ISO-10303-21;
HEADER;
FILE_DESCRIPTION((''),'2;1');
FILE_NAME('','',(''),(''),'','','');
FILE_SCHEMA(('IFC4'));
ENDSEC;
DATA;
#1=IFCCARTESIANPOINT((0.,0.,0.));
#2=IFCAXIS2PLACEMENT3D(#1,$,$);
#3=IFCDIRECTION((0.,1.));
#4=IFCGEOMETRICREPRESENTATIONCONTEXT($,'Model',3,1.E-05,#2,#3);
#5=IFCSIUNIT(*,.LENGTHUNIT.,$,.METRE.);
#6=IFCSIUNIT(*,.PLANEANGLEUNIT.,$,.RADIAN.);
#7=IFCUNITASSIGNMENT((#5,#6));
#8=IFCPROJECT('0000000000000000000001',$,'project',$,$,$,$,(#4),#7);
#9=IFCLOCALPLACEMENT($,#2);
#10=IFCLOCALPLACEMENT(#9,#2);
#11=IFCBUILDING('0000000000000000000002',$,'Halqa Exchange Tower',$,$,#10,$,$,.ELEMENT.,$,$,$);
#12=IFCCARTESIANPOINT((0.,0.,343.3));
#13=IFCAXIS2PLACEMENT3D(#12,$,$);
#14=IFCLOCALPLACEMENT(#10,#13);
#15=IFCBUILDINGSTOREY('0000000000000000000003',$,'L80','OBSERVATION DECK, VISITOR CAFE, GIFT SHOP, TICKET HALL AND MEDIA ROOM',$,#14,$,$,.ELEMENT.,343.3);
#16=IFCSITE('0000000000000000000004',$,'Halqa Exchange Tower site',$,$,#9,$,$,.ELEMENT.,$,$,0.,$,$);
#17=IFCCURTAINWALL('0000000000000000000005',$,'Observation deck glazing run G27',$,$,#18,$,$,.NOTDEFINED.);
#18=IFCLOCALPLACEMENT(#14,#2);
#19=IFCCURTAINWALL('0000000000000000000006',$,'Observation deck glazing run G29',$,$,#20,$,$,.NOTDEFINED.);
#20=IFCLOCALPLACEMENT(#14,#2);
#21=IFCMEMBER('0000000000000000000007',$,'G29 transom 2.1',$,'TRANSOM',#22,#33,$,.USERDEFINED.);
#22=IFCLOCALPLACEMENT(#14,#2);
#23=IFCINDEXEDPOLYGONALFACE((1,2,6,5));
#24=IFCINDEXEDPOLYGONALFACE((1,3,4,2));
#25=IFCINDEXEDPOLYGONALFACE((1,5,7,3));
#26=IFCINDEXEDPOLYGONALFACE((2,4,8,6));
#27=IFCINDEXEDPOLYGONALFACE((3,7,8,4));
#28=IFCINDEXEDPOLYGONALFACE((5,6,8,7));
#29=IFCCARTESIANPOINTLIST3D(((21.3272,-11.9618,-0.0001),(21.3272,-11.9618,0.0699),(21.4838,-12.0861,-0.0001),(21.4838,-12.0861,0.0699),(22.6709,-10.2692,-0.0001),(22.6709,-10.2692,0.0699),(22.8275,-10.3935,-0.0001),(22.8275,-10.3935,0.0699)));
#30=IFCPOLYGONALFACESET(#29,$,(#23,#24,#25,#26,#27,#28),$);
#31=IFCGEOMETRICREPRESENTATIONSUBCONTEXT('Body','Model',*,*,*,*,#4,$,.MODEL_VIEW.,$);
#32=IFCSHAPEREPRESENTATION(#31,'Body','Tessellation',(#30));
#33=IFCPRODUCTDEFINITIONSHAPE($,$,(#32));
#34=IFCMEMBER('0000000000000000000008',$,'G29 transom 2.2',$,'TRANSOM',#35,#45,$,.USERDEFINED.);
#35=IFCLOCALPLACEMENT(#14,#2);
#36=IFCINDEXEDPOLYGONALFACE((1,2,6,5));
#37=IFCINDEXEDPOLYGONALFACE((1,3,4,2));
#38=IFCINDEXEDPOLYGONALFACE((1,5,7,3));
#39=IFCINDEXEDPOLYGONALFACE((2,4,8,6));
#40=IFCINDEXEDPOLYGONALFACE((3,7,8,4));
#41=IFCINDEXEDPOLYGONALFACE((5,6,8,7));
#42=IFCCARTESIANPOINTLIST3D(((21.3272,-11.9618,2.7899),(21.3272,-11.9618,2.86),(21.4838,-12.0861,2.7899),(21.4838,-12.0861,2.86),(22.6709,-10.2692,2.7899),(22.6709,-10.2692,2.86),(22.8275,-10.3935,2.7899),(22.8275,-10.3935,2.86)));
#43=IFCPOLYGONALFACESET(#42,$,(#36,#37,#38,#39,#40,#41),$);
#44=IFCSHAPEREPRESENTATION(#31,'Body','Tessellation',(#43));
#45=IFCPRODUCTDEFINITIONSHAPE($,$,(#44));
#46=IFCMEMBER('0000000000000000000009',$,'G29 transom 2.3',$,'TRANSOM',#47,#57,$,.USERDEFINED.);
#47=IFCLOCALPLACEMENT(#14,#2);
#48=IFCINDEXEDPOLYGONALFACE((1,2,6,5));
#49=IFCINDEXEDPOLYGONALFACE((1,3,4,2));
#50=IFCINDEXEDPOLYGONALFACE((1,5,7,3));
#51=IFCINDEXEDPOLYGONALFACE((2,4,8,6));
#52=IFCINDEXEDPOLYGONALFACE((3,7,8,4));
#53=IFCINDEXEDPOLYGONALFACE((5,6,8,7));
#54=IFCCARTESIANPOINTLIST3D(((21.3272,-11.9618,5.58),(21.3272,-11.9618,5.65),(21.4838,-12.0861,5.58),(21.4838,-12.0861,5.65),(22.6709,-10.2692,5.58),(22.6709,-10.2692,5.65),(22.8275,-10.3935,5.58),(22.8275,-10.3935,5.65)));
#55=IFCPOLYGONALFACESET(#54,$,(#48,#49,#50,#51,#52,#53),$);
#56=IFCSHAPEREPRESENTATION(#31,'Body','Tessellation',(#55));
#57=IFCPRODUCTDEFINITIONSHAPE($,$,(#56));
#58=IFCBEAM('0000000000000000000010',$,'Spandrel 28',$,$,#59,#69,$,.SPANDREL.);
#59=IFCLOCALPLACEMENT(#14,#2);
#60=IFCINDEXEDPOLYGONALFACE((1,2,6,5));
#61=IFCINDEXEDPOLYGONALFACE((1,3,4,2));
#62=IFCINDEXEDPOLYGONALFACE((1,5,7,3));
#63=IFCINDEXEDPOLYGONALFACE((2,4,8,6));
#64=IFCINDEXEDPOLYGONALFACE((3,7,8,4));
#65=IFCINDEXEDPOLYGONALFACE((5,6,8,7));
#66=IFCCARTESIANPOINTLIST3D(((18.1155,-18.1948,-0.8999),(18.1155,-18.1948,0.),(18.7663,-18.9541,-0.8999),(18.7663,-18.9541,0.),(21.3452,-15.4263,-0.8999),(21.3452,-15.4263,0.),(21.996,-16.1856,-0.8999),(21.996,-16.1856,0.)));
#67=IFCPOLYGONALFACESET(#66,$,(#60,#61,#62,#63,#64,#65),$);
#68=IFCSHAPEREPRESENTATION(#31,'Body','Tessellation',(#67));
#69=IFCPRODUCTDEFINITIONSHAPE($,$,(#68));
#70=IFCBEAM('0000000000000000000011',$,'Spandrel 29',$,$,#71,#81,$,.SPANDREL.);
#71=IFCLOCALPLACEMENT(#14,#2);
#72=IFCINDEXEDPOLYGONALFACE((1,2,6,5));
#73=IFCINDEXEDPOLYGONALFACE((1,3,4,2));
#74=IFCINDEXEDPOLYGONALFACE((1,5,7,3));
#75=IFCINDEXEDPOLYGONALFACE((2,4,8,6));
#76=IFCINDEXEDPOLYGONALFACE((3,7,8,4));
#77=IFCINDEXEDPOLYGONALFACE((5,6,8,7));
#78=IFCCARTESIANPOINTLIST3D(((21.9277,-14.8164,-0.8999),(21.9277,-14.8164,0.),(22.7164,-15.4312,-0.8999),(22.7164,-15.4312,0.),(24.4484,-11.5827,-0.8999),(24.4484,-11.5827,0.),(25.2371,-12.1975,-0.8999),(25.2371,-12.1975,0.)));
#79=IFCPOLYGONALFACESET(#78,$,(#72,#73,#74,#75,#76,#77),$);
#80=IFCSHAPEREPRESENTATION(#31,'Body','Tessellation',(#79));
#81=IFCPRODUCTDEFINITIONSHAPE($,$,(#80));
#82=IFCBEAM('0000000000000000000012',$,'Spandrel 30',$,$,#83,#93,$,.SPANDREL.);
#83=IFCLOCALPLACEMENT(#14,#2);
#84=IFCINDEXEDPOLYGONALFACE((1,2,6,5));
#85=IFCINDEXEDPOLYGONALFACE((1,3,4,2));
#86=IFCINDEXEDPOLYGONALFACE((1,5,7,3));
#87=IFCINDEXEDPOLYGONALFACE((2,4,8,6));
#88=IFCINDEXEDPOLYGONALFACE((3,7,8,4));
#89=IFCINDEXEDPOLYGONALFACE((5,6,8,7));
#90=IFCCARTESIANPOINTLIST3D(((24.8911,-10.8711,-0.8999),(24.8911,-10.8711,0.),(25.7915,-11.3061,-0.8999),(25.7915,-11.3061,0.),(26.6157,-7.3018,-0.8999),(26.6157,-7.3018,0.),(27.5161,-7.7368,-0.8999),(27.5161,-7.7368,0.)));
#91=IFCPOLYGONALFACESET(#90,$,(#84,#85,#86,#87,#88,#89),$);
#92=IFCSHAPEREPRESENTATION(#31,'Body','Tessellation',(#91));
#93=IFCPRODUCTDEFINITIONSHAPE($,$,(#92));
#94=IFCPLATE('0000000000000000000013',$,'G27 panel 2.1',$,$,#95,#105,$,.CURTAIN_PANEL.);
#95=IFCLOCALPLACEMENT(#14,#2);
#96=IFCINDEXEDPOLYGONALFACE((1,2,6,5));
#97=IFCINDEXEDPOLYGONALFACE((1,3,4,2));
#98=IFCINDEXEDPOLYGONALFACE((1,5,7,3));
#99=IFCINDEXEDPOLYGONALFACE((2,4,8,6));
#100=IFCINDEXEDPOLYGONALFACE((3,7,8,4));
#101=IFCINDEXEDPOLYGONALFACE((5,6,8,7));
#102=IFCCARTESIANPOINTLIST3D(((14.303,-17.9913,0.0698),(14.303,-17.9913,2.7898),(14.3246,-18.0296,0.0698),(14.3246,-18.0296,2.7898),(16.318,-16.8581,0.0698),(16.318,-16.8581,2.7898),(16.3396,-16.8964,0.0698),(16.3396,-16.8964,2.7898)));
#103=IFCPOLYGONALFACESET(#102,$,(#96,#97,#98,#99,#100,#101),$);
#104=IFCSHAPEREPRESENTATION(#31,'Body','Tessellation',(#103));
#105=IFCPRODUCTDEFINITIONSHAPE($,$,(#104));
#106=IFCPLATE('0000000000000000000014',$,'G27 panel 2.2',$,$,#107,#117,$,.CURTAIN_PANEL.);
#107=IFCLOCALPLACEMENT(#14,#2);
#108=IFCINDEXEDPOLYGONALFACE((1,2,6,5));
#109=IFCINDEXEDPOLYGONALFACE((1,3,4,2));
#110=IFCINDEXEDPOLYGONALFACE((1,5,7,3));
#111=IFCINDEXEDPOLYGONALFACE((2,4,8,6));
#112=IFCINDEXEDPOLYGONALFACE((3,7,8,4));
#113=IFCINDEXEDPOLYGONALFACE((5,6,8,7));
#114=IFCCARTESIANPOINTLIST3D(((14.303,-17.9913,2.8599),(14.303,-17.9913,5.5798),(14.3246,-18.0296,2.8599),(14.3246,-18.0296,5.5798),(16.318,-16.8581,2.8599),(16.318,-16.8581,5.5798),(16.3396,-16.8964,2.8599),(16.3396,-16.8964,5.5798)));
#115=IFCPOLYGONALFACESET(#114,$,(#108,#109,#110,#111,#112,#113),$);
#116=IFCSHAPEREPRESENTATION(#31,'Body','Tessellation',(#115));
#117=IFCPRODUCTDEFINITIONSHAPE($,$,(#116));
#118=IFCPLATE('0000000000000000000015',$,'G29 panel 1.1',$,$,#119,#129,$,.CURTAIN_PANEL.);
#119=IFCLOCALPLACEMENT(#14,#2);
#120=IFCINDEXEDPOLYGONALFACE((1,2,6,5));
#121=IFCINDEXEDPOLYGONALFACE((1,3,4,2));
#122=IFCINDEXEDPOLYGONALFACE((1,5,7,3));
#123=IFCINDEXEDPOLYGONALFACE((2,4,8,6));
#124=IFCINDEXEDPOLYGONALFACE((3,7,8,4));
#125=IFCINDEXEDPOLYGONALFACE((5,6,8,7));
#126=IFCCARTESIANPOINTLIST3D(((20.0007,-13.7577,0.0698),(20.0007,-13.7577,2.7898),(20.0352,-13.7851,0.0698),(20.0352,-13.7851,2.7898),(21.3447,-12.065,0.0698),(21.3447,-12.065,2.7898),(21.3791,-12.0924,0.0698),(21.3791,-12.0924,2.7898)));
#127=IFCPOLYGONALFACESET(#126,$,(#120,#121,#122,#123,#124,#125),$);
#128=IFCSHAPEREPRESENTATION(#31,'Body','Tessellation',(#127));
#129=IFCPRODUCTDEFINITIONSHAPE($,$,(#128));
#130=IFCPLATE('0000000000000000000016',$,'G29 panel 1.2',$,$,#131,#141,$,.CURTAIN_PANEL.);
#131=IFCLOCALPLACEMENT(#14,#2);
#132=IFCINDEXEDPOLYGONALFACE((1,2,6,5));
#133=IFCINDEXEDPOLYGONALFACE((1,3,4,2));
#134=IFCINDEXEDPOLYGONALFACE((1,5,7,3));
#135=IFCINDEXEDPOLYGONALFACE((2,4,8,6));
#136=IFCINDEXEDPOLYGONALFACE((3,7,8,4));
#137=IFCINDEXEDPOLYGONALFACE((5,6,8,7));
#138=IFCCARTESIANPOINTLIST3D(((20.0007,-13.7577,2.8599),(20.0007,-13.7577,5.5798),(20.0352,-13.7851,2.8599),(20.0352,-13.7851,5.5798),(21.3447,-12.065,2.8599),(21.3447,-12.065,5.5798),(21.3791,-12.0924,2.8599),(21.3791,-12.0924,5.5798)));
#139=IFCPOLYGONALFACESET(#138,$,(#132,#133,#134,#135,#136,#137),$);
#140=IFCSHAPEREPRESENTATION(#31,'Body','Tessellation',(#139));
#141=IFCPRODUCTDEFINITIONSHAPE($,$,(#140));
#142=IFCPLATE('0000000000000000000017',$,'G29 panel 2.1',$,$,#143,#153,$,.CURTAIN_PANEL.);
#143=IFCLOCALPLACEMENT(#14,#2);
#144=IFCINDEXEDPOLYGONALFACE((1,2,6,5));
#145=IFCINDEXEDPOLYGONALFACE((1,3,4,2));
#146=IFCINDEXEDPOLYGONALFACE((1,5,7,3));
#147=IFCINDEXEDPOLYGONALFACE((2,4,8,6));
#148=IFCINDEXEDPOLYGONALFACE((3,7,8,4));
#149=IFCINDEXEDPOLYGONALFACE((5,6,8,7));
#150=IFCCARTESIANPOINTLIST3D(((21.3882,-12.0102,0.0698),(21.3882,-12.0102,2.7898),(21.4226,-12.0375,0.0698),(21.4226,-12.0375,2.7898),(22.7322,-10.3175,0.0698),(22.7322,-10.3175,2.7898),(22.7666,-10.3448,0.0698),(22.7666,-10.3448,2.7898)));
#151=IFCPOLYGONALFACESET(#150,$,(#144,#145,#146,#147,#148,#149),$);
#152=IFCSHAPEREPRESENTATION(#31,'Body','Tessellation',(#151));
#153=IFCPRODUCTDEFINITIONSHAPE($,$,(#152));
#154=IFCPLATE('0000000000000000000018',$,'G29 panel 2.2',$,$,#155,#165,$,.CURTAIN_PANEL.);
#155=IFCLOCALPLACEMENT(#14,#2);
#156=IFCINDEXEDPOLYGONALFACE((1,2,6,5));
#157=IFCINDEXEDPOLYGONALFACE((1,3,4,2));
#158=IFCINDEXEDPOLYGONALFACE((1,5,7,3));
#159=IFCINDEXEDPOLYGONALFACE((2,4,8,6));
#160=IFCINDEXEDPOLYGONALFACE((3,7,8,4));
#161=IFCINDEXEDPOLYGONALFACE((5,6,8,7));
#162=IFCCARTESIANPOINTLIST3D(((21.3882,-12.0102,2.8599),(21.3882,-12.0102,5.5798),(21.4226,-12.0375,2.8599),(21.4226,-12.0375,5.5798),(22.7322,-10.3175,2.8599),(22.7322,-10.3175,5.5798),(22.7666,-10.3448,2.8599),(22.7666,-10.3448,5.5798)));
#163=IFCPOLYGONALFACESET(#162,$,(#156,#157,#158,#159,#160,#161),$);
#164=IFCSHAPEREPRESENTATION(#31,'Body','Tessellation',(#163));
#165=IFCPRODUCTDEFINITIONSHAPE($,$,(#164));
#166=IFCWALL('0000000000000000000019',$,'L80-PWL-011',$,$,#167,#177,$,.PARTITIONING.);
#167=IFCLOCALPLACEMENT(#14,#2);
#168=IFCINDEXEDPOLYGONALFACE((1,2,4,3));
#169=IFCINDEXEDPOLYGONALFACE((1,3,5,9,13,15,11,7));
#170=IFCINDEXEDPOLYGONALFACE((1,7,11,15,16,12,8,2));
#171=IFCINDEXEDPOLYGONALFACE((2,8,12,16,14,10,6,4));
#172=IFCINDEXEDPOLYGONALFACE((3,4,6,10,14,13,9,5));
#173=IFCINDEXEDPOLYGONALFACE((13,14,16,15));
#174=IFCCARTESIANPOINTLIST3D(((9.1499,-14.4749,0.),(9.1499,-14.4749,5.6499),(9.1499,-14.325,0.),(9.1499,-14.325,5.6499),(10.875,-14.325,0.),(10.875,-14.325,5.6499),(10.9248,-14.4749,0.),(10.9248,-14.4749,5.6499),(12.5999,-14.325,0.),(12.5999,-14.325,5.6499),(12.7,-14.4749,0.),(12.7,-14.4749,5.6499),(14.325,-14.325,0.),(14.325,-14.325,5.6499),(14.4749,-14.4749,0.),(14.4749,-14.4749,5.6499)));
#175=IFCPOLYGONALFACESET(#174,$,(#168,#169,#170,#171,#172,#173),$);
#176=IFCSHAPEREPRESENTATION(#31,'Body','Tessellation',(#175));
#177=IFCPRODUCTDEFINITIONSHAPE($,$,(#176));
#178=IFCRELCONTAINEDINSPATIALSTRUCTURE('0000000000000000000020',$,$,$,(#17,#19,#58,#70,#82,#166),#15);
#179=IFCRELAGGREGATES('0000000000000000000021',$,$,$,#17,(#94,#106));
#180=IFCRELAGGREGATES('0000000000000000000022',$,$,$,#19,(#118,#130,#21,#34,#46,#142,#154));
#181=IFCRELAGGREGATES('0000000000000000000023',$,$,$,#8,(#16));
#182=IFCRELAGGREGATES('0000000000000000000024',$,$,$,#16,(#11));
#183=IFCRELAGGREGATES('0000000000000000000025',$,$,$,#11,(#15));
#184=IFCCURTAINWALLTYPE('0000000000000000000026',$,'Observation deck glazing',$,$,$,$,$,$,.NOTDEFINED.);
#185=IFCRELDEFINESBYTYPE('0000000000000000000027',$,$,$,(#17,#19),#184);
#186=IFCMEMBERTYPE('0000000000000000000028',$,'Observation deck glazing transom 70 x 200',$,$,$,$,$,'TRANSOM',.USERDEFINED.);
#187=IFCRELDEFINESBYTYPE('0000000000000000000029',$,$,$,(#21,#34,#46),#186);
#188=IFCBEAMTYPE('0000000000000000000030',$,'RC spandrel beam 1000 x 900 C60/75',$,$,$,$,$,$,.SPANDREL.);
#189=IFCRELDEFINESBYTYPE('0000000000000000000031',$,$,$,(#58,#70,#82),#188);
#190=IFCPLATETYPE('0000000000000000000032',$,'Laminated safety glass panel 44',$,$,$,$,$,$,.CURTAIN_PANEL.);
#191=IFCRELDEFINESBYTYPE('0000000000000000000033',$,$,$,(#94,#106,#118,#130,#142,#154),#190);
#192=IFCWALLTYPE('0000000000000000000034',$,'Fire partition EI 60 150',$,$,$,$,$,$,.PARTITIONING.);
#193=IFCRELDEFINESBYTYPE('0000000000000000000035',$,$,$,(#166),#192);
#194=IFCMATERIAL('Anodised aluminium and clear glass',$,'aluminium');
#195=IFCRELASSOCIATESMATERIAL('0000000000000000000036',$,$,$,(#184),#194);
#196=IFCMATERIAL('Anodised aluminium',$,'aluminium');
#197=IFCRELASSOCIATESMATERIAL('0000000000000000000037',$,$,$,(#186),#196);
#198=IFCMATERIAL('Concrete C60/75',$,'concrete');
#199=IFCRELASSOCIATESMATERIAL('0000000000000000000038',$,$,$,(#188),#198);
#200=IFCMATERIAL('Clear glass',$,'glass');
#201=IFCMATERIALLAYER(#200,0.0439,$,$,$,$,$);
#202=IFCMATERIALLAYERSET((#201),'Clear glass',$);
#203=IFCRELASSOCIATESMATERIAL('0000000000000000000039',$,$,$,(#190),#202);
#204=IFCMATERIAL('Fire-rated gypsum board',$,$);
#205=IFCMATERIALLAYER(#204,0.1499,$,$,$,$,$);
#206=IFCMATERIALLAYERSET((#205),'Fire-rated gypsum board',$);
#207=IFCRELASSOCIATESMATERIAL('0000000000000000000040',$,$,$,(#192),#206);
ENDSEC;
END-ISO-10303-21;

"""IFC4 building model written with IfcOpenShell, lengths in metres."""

from ifc_helpers import new_model, si_unit, direction, frame, origin, origin_2d, place, context, subcontext, project, spatial, polyline, rectangle, outline, extrude, material, layer, layer_set, material_profile, profile_set, type_object, element, aggregate, save


model = new_model("IFC4")

# Units and contexts
model_context = context("Model", 3, precision=1e-05, world=origin(), true_north=direction((0.0, 1.0)))
body_context = subcontext(model_context, "Body", "Model", "MODEL_VIEW")
ifc_project = project(units=[si_unit("LENGTHUNIT", "METRE"), si_unit("PLANEANGLEUNIT", "RADIAN")], contexts=[model_context])

# Site, building, storey
site_placement = place(None, origin())
site = spatial("IfcSite", under=ifc_project, at=site_placement, Name="Halqa Exchange Tower site", CompositionType="ELEMENT", RefElevation=0.0)
building_placement = place(site_placement, origin())
building = spatial("IfcBuilding", under=site, at=building_placement, Name="Halqa Exchange Tower", CompositionType="ELEMENT")
storey_placement = place(building_placement, frame((0.0, 0.0, 343.3)))
storey = spatial("IfcBuildingStorey", under=building, at=storey_placement, Name="L80", Description="OBSERVATION DECK, VISITOR CAFE, GIFT SHOP, TICKET HALL AND MEDIA ROOM", CompositionType="ELEMENT", Elevation=343.3)

# Curtain walls
ifc_material_1 = material(Name="Anodised aluminium and clear glass", Category="aluminium")
curtain_wall_type = type_object("IfcCurtainWallType", Name="Observation deck glazing", PredefinedType="NOTDEFINED", material=ifc_material_1)
curtain_wall_1_placement = place(storey_placement, origin())
curtain_wall_1 = element("IfcCurtainWall", 1, at=curtain_wall_1_placement, inside=storey, type_object=curtain_wall_type, Name="Observation deck glazing run G27", PredefinedType="NOTDEFINED")
ifc_material_2 = material(Name="Anodised aluminium", Category="aluminium")
curtain_wall_2_placement = place(storey_placement, origin())
curtain_wall_2 = element("IfcCurtainWall", 2, at=curtain_wall_2_placement, inside=storey, type_object=curtain_wall_type, Name="Observation deck glazing run G29", PredefinedType="NOTDEFINED")

# Members
ifc_material_profile_1 = material_profile(ifc_material_2, rectangle(XDim=0.2, YDim=0.0701, at=origin_2d()), Name="AL 70x200")
ifc_profile_set_1 = profile_set([ifc_material_profile_1], Name="Anodised aluminium")
member_type_1 = type_object("IfcMemberType", Name="Observation deck glazing transom 70 x 200", ElementType="TRANSOM", PredefinedType="USERDEFINED", material=ifc_profile_set_1)
member_1_placement = place(storey_placement, frame((21.4055, -12.0239, 0.0349), z_axis=(0.62177, 0.7832, 0.0), x_axis=(-0.7832, 0.62177, 0.0)))
member_1 = element("IfcMember", 3, at=member_1_placement, type_object=member_type_1, Name="G29 transom 2.1", ObjectType="TRANSOM", PredefinedType="USERDEFINED", context=body_context, shape_type="SweptSolid", body=[
    extrude(rectangle(XDim=0.2, YDim=0.0701, at=origin_2d()), origin(), (0.0, 0.0, 1.0), 2.1611),
])
member_2_placement = place(storey_placement, frame((21.4055, -12.0239, 2.825), z_axis=(0.62177, 0.7832, 0.0), x_axis=(-0.7832, 0.62177, 0.0)))
member_2 = element("IfcMember", 4, at=member_2_placement, type_object=member_type_1, Name="G29 transom 2.2", ObjectType="TRANSOM", PredefinedType="USERDEFINED", context=body_context, shape_type="SweptSolid", body=[
    extrude(rectangle(XDim=0.2, YDim=0.0701, at=origin_2d()), origin(), (0.0, 0.0, 1.0), 2.1611),
])
member_3_placement = place(storey_placement, frame((21.4055, -12.0239, 5.615), z_axis=(0.62177, 0.7832, 0.0), x_axis=(-0.7832, 0.62177, 0.0)))
member_3 = element("IfcMember", 5, at=member_3_placement, type_object=member_type_1, Name="G29 transom 2.3", ObjectType="TRANSOM", PredefinedType="USERDEFINED", context=body_context, shape_type="SweptSolid", body=[
    extrude(rectangle(XDim=0.2, YDim=0.0701, at=origin_2d()), origin(), (0.0, 0.0, 1.0), 2.1611),
])

# Beams
ifc_material_3 = material(Name="Concrete C60/75", Category="concrete")
ifc_material_profile_2 = material_profile(ifc_material_3, rectangle(XDim=1.0, YDim=0.8999, at=origin_2d()), Name="1000 x 900")
ifc_profile_set_2 = profile_set([ifc_material_profile_2], Name="Concrete C60/75")
beam_type = type_object("IfcBeamType", Name="RC spandrel beam 1000 x 900 C60/75", PredefinedType="SPANDREL", material=ifc_profile_set_2)
beam_1_placement = place(storey_placement, frame((18.4409, -18.5745, -0.45), z_axis=(0.759232, 0.65082, 0.0), x_axis=(-0.65082, 0.759232, 0.0)))
element("IfcBeam", 6, at=beam_1_placement, inside=storey, type_object=beam_type, Name="Spandrel 28", PredefinedType="SPANDREL", context=body_context, shape_type="SweptSolid", body=[
    extrude(rectangle(XDim=1.0, YDim=0.8999, at=origin_2d()), origin(), (0.0, 0.0, 1.0), 4.2539),
])
beam_2_placement = place(storey_placement, frame((22.322, -15.1238, -0.45), z_axis=(0.614806, 0.788678, 0.0), x_axis=(-0.788678, 0.614806, 0.0)))
element("IfcBeam", 7, at=beam_2_placement, inside=storey, type_object=beam_type, Name="Spandrel 29", PredefinedType="SPANDREL", context=body_context, shape_type="SweptSolid", body=[
    extrude(rectangle(XDim=1.0, YDim=0.8999, at=origin_2d()), origin(), (0.0, 0.0, 1.0), 4.1001),
])
beam_3_placement = place(storey_placement, frame((25.3413, -11.0886, -0.45), z_axis=(0.435052, 0.900405, 0.0), x_axis=(-0.900405, 0.435052, 0.0)))
element("IfcBeam", 8, at=beam_3_placement, inside=storey, type_object=beam_type, Name="Spandrel 30", PredefinedType="SPANDREL", context=body_context, shape_type="SweptSolid", body=[
    extrude(rectangle(XDim=1.0, YDim=0.8999, at=origin_2d()), origin(), (0.0, 0.0, 1.0), 3.9641),
])

# Plates
ifc_material_4 = material(Name="Clear glass", Category="glass")
ifc_layer_1 = layer(ifc_material_4, 0.0439)
ifc_layer_set_1 = layer_set([ifc_layer_1], Name="Clear glass")
plate_type = type_object("IfcPlateType", Name="Laminated safety glass panel 44", PredefinedType="CURTAIN_PANEL", material=ifc_layer_set_1)
plate_1_placement = place(storey_placement, frame((15.3213, -17.4438, 0.0698), z_axis=(0.0, 0.0, 1.0), x_axis=(0.871634, 0.490158, 0.0)))
plate_1 = element("IfcPlate", 9, at=plate_1_placement, type_object=plate_type, Name="G27 panel 2.1", PredefinedType="CURTAIN_PANEL", context=body_context, shape_type="SweptSolid", body=[
    extrude(rectangle(XDim=2.3118, YDim=0.0439, at=origin_2d()), origin(), (0.0, 0.0, 1.0), 2.72),
])
plate_2_placement = place(storey_placement, frame((15.3213, -17.4438, 2.8599), z_axis=(0.0, 0.0, 1.0), x_axis=(0.871634, 0.490158, 0.0)))
plate_2 = element("IfcPlate", 10, at=plate_2_placement, type_object=plate_type, Name="G27 panel 2.2", PredefinedType="CURTAIN_PANEL", context=body_context, shape_type="SweptSolid", body=[
    extrude(rectangle(XDim=2.3118, YDim=0.0439, at=origin_2d()), origin(), (0.0, 0.0, 1.0), 2.72),
])
aggregate(curtain_wall_1, [plate_1, plate_2])
plate_3_placement = place(storey_placement, frame((20.6899, -12.925, 0.0698), z_axis=(0.0, 0.0, 1.0), x_axis=(0.621817, 0.783162, 0.0)))
plate_3 = element("IfcPlate", 11, at=plate_3_placement, type_object=plate_type, Name="G29 panel 1.1", PredefinedType="CURTAIN_PANEL", context=body_context, shape_type="SweptSolid", body=[
    extrude(rectangle(XDim=2.1614, YDim=0.0439, at=origin_2d()), origin(), (0.0, 0.0, 1.0), 2.72),
])
plate_4_placement = place(storey_placement, frame((20.6899, -12.925, 2.8599), z_axis=(0.0, 0.0, 1.0), x_axis=(0.621817, 0.783162, 0.0)))
plate_4 = element("IfcPlate", 12, at=plate_4_placement, type_object=plate_type, Name="G29 panel 1.2", PredefinedType="CURTAIN_PANEL", context=body_context, shape_type="SweptSolid", body=[
    extrude(rectangle(XDim=2.1614, YDim=0.0439, at=origin_2d()), origin(), (0.0, 0.0, 1.0), 2.72),
])
plate_5_placement = place(storey_placement, frame((22.0774, -11.1775, 0.0698), z_axis=(0.0, 0.0, 1.0), x_axis=(0.621817, 0.783162, 0.0)))
plate_5 = element("IfcPlate", 13, at=plate_5_placement, type_object=plate_type, Name="G29 panel 2.1", PredefinedType="CURTAIN_PANEL", context=body_context, shape_type="SweptSolid", body=[
    extrude(rectangle(XDim=2.1614, YDim=0.0439, at=origin_2d()), origin(), (0.0, 0.0, 1.0), 2.72),
])
plate_6_placement = place(storey_placement, frame((22.0774, -11.1775, 2.8599), z_axis=(0.0, 0.0, 1.0), x_axis=(0.621817, 0.783162, 0.0)))
plate_6 = element("IfcPlate", 14, at=plate_6_placement, type_object=plate_type, Name="G29 panel 2.2", PredefinedType="CURTAIN_PANEL", context=body_context, shape_type="SweptSolid", body=[
    extrude(rectangle(XDim=2.1614, YDim=0.0439, at=origin_2d()), origin(), (0.0, 0.0, 1.0), 2.72),
])
aggregate(curtain_wall_2, [plate_3, plate_4, member_1, member_2, member_3, plate_5, plate_6])

# Wall
ifc_material_5 = material(Name="Fire-rated gypsum board")
ifc_layer_2 = layer(ifc_material_5, 0.1499)
ifc_layer_set_2 = layer_set([ifc_layer_2], Name="Fire-rated gypsum board")
wall_type_1 = type_object("IfcWallType", Name="Fire partition EI 60 150", PredefinedType="PARTITIONING", material=ifc_layer_set_2)
wall_1_placement = place(storey_placement, frame((14.4751, -14.3999, 0.0), z_axis=(0.0, 0.0, 1.0), x_axis=(-1.0, 0.0, 0.0)))
element("IfcWall", 15, at=wall_1_placement, inside=storey, type_object=wall_type_1, Name="L80-PWL-011", PredefinedType="PARTITIONING", context=body_context, shape_type="SweptSolid", body=[
    extrude(outline(polyline([(5.3252, 0.075), (3.5503, 0.075), (1.7751, 0.075), (0.0002, 0.075), (0.1501, -0.075), (1.8752, -0.075), (3.6001, -0.075), (5.3252, -0.075), (5.3252, 0.075)])), origin(), (0.0, 0.0, 1.0), 5.6499),
])

save(model, "model.ifc")
